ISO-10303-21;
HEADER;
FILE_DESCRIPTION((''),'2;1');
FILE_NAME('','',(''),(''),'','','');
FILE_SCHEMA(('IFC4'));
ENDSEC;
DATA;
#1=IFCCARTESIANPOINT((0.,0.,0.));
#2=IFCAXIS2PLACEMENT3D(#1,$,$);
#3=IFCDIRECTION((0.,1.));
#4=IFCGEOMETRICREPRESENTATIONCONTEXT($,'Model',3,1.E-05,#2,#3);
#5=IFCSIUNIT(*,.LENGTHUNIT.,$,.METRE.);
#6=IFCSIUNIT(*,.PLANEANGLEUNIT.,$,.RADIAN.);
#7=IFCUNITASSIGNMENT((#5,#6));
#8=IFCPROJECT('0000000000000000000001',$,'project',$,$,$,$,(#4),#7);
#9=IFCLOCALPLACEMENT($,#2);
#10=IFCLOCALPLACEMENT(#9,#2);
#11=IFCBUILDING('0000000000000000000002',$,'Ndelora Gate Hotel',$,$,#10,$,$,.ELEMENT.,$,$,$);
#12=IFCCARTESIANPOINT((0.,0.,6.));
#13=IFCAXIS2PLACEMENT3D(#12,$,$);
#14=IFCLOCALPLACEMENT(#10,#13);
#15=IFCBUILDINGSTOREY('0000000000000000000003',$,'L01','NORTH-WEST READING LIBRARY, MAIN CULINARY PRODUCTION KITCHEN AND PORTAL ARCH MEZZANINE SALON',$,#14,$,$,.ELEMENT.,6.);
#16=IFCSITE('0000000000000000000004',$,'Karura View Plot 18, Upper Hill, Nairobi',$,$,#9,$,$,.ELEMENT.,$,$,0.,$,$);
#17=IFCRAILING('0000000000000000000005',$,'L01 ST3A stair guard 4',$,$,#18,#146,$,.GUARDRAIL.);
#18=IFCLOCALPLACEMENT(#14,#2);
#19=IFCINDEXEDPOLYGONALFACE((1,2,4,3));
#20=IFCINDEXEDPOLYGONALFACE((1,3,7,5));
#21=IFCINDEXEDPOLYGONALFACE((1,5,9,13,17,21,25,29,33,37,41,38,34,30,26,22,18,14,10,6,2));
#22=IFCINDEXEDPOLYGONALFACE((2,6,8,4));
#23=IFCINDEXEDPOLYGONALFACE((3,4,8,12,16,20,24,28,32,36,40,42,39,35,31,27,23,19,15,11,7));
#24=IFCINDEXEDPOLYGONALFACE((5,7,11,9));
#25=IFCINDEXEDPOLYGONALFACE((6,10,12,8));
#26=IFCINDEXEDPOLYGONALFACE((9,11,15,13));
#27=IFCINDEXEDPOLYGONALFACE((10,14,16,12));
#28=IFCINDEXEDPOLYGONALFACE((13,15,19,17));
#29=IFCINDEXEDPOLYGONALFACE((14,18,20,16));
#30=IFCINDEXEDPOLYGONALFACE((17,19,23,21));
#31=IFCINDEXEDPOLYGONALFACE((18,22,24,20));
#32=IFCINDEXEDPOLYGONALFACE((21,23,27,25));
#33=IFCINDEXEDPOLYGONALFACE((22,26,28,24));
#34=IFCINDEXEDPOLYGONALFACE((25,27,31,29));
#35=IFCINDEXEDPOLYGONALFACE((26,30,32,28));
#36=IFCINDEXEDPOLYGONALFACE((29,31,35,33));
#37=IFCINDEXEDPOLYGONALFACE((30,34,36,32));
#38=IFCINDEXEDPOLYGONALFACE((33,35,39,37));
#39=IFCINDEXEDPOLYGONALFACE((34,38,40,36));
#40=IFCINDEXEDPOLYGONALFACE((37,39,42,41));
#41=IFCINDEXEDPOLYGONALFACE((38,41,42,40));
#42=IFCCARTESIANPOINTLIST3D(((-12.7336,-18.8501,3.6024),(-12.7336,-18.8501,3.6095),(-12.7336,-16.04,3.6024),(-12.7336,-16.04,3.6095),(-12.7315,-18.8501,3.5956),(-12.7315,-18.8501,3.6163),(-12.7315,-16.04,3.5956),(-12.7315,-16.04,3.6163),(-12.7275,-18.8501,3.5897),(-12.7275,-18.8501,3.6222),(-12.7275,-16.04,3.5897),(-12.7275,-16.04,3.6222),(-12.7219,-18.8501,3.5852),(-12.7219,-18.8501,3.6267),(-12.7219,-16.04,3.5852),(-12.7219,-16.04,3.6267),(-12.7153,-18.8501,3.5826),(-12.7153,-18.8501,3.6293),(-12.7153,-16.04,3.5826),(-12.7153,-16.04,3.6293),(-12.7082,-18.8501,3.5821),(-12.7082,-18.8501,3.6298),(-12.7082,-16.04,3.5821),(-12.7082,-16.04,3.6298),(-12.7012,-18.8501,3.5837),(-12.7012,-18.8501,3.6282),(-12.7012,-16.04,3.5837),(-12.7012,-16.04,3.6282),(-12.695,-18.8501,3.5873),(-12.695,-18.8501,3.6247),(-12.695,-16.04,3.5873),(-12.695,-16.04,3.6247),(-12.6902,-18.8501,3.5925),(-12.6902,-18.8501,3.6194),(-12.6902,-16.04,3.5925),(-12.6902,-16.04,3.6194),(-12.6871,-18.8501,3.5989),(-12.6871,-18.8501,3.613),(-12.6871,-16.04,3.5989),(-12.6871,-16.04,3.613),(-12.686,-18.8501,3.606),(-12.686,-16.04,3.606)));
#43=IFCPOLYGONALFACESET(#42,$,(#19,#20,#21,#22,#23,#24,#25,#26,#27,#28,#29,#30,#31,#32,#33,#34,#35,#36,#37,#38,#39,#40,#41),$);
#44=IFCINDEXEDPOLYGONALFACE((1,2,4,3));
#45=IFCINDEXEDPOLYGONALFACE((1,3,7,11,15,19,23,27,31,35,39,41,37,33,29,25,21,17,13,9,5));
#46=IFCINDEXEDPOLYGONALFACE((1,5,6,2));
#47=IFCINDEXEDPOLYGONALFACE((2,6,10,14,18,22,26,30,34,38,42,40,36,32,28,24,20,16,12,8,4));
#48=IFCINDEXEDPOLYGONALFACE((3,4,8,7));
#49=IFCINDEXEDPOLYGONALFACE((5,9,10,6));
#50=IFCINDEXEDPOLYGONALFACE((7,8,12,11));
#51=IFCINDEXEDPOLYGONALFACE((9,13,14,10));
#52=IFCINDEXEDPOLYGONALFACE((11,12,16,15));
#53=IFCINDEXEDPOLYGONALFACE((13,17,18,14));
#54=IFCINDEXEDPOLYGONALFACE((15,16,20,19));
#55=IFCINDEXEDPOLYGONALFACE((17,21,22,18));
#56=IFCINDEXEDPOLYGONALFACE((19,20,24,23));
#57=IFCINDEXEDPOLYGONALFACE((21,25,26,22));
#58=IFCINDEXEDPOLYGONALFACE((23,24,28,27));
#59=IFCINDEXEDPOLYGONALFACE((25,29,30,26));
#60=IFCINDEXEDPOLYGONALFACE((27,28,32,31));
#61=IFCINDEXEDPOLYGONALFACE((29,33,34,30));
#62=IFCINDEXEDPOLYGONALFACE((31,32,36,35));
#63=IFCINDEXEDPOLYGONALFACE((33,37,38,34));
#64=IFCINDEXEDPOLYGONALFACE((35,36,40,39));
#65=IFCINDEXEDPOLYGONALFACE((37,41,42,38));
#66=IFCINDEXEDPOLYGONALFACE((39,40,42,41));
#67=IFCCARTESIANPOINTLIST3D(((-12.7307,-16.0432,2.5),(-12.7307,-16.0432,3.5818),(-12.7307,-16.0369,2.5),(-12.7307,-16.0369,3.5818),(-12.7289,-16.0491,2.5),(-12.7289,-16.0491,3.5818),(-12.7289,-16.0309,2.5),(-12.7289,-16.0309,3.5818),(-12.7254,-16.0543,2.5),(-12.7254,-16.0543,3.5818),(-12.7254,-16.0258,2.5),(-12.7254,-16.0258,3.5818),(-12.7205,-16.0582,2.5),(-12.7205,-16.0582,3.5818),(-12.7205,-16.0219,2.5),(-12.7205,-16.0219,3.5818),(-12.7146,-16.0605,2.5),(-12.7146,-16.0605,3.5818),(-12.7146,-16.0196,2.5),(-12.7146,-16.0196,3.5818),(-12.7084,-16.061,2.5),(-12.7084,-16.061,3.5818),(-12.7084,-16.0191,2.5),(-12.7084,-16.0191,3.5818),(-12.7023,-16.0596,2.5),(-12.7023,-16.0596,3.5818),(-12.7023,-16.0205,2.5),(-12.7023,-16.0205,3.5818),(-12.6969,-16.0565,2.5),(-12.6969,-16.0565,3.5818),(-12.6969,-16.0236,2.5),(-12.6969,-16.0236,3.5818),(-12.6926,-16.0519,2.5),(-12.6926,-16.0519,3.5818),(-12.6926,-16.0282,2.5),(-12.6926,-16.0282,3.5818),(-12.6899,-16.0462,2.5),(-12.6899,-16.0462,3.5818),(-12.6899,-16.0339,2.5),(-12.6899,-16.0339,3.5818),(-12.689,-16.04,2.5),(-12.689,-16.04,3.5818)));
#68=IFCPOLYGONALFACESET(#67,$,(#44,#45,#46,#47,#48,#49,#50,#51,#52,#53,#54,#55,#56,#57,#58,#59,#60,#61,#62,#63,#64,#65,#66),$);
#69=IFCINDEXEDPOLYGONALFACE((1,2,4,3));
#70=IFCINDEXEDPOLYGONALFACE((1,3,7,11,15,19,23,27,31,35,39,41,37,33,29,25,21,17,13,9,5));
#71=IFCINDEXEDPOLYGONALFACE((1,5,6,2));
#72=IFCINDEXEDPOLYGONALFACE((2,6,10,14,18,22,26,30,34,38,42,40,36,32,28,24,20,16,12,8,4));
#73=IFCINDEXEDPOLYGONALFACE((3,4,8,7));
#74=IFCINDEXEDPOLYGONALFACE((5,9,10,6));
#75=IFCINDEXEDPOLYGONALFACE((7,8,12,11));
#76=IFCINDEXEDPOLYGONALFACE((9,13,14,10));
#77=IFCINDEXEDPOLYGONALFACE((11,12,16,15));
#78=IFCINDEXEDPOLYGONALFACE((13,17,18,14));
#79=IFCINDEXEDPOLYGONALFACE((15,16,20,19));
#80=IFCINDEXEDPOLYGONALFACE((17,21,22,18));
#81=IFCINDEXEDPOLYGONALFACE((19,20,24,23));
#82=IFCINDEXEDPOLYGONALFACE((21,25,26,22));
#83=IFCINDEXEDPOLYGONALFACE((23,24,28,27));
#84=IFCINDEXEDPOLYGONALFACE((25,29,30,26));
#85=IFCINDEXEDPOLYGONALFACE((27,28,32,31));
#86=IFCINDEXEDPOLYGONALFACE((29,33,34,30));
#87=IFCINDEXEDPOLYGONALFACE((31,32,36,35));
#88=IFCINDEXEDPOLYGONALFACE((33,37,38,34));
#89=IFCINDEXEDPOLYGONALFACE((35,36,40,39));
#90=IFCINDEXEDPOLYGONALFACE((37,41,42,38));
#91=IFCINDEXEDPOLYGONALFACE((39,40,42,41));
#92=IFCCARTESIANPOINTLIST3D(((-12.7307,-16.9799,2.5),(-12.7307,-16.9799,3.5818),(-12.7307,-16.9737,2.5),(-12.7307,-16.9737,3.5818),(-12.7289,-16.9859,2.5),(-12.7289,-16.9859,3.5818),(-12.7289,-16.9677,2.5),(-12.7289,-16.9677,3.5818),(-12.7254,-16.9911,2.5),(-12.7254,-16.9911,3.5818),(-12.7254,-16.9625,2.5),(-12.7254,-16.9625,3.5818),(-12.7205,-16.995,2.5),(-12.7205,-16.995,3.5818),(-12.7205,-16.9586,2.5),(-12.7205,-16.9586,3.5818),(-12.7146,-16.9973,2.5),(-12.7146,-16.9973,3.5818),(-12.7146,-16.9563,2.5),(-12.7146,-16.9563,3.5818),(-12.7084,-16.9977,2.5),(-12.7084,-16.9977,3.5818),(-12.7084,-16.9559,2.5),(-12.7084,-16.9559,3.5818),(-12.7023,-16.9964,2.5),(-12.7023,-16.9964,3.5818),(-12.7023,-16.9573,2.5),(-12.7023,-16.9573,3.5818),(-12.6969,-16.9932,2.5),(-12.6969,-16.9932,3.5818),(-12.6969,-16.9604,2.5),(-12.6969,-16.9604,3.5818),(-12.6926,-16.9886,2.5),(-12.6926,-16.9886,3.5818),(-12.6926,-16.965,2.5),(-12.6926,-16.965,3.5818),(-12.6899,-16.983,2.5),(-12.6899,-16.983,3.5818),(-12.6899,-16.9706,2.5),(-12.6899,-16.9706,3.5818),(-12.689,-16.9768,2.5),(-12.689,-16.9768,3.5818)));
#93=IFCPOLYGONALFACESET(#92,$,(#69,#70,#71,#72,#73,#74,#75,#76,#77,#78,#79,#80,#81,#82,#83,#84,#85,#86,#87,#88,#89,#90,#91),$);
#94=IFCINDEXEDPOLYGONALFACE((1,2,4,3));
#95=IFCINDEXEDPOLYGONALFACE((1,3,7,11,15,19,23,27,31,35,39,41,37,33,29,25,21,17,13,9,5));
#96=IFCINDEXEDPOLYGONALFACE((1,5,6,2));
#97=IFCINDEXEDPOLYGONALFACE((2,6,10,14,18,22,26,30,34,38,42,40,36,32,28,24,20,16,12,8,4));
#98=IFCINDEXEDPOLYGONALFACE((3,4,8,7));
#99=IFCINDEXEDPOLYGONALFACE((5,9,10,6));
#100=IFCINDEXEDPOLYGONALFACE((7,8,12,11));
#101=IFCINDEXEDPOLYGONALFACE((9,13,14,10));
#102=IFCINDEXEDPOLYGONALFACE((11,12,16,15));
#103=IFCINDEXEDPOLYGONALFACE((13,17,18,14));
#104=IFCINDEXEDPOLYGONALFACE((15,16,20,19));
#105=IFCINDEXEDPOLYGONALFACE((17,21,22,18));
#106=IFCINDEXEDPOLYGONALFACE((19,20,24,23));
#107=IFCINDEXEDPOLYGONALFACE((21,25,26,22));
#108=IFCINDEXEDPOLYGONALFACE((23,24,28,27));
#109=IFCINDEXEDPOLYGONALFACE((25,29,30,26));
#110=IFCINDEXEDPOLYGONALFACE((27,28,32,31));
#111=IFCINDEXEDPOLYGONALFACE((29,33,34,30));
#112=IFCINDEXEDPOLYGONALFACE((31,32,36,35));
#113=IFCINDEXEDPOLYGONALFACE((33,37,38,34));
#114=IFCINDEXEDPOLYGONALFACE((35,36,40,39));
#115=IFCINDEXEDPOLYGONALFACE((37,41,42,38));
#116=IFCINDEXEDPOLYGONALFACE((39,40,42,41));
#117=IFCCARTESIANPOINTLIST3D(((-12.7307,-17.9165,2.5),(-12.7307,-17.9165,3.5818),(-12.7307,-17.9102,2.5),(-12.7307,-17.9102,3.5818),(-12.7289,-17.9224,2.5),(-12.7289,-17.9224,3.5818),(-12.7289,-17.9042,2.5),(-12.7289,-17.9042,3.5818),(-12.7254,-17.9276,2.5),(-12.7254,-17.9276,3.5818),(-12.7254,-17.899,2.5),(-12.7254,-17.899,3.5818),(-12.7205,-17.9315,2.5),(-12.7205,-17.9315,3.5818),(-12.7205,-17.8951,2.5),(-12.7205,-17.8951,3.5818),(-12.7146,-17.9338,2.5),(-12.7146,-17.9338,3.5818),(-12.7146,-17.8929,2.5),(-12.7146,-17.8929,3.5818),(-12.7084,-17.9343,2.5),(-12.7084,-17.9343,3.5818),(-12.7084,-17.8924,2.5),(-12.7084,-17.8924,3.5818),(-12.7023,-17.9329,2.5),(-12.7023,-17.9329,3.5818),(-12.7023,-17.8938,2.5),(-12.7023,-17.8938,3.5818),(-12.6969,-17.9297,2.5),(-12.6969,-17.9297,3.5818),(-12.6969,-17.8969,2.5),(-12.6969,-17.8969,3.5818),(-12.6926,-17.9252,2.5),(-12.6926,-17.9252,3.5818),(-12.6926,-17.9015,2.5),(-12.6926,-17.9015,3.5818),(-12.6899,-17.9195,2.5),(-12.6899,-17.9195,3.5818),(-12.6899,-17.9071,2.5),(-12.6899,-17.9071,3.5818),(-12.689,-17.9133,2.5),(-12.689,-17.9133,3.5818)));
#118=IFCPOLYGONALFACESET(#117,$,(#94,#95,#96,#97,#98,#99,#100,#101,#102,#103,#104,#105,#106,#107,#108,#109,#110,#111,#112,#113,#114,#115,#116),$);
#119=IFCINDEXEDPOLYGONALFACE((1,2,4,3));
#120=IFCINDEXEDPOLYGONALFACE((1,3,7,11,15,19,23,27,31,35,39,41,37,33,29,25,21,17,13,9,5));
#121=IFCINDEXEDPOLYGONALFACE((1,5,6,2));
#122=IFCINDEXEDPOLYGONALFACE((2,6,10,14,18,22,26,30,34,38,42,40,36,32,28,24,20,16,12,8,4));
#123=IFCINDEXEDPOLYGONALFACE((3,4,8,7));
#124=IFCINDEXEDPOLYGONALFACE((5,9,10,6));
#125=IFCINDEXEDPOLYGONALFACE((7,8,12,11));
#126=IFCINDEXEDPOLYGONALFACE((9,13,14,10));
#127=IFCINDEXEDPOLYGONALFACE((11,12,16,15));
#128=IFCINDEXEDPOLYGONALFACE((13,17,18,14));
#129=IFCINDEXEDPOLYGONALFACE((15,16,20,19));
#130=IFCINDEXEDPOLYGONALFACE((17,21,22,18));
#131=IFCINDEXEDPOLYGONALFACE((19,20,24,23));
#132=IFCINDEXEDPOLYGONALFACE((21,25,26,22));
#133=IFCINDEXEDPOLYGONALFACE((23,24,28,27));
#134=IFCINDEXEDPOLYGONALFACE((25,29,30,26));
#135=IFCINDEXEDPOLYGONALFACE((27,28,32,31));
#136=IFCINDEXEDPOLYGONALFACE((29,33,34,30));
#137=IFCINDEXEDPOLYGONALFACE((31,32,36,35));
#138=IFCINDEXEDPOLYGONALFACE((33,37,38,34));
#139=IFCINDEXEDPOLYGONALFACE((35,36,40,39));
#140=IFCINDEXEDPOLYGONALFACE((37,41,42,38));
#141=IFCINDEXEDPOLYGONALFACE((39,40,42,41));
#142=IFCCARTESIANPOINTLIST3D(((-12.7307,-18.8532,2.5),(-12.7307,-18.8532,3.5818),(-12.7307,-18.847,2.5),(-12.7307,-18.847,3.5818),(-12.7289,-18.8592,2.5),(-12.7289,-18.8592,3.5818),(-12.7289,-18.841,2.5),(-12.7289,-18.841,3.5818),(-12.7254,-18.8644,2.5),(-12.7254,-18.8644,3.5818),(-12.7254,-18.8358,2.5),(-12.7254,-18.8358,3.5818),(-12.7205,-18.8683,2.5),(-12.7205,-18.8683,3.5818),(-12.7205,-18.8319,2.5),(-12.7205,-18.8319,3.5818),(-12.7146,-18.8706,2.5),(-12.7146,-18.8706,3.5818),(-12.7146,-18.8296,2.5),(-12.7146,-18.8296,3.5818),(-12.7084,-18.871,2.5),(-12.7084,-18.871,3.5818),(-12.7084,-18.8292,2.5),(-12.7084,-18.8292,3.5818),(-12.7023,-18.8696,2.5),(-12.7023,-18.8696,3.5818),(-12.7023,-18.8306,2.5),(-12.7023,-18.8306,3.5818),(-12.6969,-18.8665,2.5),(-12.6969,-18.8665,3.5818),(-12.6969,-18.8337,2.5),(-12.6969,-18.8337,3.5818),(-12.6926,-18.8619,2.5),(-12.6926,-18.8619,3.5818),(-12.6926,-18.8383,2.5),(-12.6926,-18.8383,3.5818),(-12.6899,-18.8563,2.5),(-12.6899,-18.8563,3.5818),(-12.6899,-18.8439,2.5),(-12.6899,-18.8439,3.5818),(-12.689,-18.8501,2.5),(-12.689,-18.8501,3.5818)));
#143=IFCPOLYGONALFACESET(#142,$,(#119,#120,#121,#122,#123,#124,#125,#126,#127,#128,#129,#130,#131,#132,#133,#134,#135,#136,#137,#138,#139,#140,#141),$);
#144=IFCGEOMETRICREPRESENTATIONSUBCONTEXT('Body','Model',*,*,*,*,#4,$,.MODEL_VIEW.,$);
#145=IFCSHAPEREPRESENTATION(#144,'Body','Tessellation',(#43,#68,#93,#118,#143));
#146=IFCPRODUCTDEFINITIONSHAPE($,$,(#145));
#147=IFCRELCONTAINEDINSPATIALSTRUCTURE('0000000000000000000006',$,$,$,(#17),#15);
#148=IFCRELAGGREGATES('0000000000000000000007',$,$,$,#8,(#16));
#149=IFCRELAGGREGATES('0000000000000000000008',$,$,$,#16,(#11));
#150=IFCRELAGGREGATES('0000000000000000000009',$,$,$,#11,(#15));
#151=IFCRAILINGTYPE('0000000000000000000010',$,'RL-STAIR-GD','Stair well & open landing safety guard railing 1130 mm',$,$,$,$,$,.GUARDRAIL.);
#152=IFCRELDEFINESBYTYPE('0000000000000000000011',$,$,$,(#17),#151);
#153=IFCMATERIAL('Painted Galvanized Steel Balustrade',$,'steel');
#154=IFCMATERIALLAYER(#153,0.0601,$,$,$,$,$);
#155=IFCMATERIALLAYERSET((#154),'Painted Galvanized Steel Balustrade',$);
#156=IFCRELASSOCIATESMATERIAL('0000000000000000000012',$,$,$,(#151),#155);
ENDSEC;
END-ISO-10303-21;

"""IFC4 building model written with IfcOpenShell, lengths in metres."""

from ifc_helpers import new_model, si_unit, direction, frame, origin, origin_2d, place, context, subcontext, project, spatial, circle, extrude, material, layer, layer_set, type_object, element, save


model = new_model("IFC4")

# Units and contexts
model_context = context("Model", 3, precision=1e-05, world=origin(), true_north=direction((0.0, 1.0)))
body_context = subcontext(model_context, "Body", "Model", "MODEL_VIEW")
ifc_project = project(units=[si_unit("LENGTHUNIT", "METRE"), si_unit("PLANEANGLEUNIT", "RADIAN")], contexts=[model_context])

# Site, building, storey
site_placement = place(None, origin())
site = spatial("IfcSite", under=ifc_project, at=site_placement, Name="Karura View Plot 18, Upper Hill, Nairobi", CompositionType="ELEMENT", RefElevation=0.0)
building_placement = place(site_placement, origin())
building = spatial("IfcBuilding", under=site, at=building_placement, Name="Ndelora Gate Hotel", CompositionType="ELEMENT")
storey_placement = place(building_placement, frame((0.0, 0.0, 6.0)))
storey = spatial("IfcBuildingStorey", under=building, at=storey_placement, Name="L01", Description="NORTH-WEST READING LIBRARY, MAIN CULINARY PRODUCTION KITCHEN AND PORTAL ARCH MEZZANINE SALON", CompositionType="ELEMENT", Elevation=6.0)

# Railing
ifc_material_1 = material(Name="Painted Galvanized Steel Balustrade", Category="steel")
ifc_layer_1 = layer(ifc_material_1, 0.0601)
ifc_layer_set_1 = layer_set([ifc_layer_1], Name="Painted Galvanized Steel Balustrade")
railing_type_1 = type_object("IfcRailingType", Name="RL-STAIR-GD", Description="Stair well & open landing safety guard railing 1130 mm", PredefinedType="GUARDRAIL", material=ifc_layer_set_1)
for number, where, name in (
    (1, (-12.71, -16.04, 2.5), "L01 ST3A stair guard 4"),
):
    element("IfcRailing", number, at=place(storey_placement, frame(where)), inside=storey, type_object=railing_type_1, Name=name, PredefinedType="GUARDRAIL", context=body_context, shape_type="SweptSolid", body=[
        extrude(circle(Radius=0.0239, at=origin_2d()), frame((0.0, 0.0, 1.106), z_axis=(0.0, -1.0, 0.0), x_axis=(1.0, 0.0, 0.0)), (0.0, 0.0, 1.0), 2.8101),
        extrude(circle(Radius=0.021, at=origin_2d()), origin(), (0.0, 0.0, 1.0), 1.0818),
        extrude(circle(Radius=0.021, at=origin_2d()), frame((0.0, -0.9368, 0.0)), (0.0, 0.0, 1.0), 1.0818),
        extrude(circle(Radius=0.021, at=origin_2d()), frame((0.0, -1.8733, 0.0)), (0.0, 0.0, 1.0), 1.0818),
        extrude(circle(Radius=0.021, at=origin_2d()), frame((0.0, -2.8101, 0.0)), (0.0, 0.0, 1.0), 1.0818),
    ])

save(model, "model.ifc")
